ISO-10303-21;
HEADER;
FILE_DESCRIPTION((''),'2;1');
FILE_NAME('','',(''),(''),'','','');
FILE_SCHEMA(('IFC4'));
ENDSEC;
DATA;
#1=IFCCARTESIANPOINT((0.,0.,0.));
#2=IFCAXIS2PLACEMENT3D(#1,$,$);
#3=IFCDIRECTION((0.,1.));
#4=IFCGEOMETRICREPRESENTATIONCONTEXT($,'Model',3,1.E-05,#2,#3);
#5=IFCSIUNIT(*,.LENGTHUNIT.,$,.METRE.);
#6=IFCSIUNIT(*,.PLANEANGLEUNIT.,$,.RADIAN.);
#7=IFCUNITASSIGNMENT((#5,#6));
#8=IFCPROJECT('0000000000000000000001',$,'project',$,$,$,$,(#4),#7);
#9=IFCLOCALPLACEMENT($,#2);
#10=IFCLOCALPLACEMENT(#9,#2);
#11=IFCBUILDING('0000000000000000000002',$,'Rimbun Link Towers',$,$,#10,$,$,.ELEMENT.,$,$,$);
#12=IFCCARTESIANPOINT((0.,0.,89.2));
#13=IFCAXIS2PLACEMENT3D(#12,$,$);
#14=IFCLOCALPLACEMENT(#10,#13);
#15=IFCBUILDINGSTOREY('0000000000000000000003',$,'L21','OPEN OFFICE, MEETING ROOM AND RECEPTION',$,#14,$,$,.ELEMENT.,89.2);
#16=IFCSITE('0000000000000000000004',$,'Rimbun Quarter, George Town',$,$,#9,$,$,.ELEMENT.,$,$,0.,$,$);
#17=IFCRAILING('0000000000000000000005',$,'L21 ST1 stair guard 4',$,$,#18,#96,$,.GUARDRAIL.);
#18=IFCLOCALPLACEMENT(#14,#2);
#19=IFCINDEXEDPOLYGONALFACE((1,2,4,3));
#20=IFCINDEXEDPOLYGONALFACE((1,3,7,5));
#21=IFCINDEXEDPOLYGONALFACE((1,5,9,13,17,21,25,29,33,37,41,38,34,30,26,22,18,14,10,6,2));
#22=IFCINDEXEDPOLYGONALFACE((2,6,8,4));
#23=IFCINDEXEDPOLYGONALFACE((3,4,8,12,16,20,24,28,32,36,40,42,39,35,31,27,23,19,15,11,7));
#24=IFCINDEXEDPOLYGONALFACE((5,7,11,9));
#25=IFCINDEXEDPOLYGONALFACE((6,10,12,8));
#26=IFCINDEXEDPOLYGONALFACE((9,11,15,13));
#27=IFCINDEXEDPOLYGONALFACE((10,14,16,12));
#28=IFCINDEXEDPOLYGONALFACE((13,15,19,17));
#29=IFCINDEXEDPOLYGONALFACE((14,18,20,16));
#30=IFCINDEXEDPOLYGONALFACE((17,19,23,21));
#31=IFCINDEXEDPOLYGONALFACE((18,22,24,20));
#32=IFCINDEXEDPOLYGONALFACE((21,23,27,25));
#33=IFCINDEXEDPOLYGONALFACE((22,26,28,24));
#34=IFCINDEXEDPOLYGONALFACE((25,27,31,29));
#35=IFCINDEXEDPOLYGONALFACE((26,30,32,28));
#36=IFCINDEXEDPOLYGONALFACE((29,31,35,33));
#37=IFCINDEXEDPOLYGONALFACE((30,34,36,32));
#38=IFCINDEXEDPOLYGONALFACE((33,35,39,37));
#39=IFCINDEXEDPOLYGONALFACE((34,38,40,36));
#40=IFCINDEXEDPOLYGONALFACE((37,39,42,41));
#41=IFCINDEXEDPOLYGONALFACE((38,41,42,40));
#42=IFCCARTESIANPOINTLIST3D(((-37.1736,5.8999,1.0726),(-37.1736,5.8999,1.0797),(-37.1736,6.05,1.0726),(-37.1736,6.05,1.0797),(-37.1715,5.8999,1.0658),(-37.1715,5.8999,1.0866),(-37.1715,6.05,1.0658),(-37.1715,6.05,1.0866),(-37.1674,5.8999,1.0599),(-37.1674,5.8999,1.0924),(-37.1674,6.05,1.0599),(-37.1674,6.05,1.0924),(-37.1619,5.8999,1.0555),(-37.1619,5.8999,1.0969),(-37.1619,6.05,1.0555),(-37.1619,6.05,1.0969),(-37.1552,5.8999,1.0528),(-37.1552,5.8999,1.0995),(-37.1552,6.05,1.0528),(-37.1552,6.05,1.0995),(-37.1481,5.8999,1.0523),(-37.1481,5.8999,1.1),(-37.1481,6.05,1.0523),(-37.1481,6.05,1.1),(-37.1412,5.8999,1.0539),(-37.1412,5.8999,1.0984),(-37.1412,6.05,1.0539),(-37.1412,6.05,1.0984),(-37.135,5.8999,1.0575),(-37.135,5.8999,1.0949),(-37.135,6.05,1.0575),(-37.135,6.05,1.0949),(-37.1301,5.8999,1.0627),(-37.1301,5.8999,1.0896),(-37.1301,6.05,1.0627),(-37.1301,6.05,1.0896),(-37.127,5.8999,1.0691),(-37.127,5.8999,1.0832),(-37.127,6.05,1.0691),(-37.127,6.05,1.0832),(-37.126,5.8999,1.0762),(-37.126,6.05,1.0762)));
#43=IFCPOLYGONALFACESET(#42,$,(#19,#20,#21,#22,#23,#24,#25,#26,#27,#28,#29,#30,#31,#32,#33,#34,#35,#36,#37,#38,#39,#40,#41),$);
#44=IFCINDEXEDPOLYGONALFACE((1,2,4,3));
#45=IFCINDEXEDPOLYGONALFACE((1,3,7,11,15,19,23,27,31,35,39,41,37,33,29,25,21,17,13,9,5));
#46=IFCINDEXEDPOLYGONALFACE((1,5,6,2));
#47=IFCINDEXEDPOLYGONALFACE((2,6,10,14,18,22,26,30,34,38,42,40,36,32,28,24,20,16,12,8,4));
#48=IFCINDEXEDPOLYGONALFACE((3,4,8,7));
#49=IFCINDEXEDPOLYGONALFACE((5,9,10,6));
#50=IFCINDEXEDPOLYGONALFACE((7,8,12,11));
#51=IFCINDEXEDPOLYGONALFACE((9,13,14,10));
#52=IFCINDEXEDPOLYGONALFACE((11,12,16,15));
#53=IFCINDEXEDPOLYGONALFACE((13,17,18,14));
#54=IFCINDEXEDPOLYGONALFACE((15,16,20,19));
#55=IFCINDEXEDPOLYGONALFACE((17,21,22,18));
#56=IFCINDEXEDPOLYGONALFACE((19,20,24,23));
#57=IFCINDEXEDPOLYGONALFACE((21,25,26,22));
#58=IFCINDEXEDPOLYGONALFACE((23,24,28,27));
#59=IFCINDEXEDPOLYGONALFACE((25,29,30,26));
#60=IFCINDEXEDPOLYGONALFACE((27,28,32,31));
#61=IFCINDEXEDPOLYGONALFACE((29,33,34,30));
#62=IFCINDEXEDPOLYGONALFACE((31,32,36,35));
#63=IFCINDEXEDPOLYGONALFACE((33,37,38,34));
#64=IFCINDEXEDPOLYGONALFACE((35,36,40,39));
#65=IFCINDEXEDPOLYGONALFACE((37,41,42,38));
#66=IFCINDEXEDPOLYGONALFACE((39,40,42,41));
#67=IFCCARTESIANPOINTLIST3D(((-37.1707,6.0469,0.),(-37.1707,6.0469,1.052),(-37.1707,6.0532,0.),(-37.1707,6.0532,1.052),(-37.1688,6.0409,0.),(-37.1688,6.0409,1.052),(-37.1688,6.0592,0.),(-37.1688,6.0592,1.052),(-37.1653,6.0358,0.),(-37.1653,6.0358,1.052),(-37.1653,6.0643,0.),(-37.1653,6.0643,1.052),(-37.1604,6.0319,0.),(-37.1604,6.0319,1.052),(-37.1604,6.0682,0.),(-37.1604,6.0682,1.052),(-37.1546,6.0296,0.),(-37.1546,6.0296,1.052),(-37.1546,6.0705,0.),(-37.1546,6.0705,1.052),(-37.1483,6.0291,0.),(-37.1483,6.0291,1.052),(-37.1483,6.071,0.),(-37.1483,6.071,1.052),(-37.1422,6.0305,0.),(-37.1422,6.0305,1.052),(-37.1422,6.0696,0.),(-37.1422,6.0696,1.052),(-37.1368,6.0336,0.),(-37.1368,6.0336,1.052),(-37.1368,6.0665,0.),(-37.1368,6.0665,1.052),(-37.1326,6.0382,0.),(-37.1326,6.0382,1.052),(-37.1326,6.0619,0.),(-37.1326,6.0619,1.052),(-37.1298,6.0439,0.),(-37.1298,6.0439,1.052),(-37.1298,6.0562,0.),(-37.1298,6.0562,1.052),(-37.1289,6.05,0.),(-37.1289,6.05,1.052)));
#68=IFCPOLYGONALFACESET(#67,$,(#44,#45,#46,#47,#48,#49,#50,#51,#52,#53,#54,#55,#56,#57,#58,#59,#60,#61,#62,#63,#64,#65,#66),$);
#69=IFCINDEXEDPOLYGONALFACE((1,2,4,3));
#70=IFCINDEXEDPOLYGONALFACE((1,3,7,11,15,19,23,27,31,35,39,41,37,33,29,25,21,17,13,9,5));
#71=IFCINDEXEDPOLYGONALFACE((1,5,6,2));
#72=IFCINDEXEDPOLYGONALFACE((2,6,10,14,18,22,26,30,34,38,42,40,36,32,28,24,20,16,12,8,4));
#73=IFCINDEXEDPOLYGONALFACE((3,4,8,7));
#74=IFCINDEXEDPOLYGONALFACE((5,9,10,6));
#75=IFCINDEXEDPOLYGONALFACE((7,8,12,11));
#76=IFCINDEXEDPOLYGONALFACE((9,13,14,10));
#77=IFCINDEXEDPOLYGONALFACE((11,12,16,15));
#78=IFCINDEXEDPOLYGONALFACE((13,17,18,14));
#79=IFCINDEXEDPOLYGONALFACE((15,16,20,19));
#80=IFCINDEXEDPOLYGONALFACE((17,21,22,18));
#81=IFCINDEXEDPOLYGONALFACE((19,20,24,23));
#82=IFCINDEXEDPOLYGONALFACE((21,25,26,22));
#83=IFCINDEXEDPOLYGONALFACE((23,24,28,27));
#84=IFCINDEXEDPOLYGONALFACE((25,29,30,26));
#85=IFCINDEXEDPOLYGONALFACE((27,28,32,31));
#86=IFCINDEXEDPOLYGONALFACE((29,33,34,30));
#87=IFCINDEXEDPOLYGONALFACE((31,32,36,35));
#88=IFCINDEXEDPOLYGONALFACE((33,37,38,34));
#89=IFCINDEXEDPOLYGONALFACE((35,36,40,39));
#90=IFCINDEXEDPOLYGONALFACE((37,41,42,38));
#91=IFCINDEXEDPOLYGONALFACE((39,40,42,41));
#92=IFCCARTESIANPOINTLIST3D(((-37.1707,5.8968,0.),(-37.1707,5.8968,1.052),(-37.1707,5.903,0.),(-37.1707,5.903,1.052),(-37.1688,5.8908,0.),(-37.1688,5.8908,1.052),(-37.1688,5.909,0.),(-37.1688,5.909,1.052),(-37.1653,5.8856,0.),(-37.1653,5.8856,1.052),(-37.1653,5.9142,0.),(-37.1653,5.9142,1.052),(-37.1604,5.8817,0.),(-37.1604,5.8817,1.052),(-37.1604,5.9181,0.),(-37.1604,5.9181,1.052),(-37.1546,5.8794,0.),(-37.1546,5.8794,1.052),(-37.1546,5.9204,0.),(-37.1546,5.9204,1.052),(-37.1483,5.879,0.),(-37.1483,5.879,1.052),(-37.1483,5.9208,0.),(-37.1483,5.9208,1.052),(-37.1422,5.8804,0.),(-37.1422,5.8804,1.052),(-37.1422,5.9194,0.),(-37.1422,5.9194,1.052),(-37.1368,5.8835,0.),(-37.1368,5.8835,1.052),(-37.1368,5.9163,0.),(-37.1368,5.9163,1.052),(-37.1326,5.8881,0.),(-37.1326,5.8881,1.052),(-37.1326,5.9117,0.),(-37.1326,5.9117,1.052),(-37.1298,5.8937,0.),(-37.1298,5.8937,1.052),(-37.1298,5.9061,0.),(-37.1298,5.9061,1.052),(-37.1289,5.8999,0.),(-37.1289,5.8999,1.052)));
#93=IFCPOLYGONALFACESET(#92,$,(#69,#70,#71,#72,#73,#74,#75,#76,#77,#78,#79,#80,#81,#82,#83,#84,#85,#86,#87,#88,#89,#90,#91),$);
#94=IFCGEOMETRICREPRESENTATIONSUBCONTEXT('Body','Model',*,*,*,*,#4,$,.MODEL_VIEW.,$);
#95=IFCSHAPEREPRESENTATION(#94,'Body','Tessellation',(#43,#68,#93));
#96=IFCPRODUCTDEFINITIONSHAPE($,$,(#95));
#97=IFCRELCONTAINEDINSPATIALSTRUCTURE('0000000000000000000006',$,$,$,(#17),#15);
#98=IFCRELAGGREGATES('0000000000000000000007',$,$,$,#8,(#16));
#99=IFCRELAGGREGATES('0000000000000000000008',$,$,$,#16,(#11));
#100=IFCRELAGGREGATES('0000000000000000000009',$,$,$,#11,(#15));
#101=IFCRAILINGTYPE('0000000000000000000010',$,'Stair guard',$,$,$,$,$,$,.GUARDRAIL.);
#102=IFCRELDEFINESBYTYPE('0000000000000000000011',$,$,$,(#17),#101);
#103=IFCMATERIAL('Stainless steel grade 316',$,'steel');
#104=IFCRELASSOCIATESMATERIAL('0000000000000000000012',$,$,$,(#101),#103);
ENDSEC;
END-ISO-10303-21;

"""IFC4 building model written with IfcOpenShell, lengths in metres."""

from ifc_helpers import new_model, si_unit, direction, frame, origin, origin_2d, place, context, subcontext, project, spatial, circle, extrude, material, type_object, element, save


model = new_model("IFC4")

# Units and contexts
model_context = context("Model", 3, precision=1e-05, world=origin(), true_north=direction((0.0, 1.0)))
body_context = subcontext(model_context, "Body", "Model", "MODEL_VIEW")
ifc_project = project(units=[si_unit("LENGTHUNIT", "METRE"), si_unit("PLANEANGLEUNIT", "RADIAN")], contexts=[model_context])

# Site, building, storey
site_placement = place(None, origin())
site = spatial("IfcSite", under=ifc_project, at=site_placement, Name="Rimbun Quarter, George Town", CompositionType="ELEMENT", RefElevation=0.0)
building_placement = place(site_placement, origin())
building = spatial("IfcBuilding", under=site, at=building_placement, Name="Rimbun Link Towers", CompositionType="ELEMENT")
storey_placement = place(building_placement, frame((0.0, 0.0, 89.2)))
storey = spatial("IfcBuildingStorey", under=building, at=storey_placement, Name="L21", Description="OPEN OFFICE, MEETING ROOM AND RECEPTION", CompositionType="ELEMENT", Elevation=89.2)

# Railing
ifc_material_1 = material(Name="Stainless steel grade 316", Category="steel")
railing_type_1 = type_object("IfcRailingType", Name="Stair guard", PredefinedType="GUARDRAIL", material=ifc_material_1)
railing_1_placement = place(storey_placement, frame((-37.1499, 6.05, 0.0)))
element("IfcRailing", 1, at=railing_1_placement, inside=storey, type_object=railing_type_1, Name="L21 ST1 stair guard 4", PredefinedType="GUARDRAIL", context=body_context, shape_type="SweptSolid", body=[
    extrude(circle(Radius=0.0239, at=origin_2d()), frame((0.0, 0.0, 1.0762), z_axis=(0.0, -1.0, 0.0), x_axis=(1.0, 0.0, 0.0)), (0.0, 0.0, 1.0), 0.1501),
    extrude(circle(Radius=0.021, at=origin_2d()), origin(), (0.0, 0.0, 1.0), 1.052),
    extrude(circle(Radius=0.021, at=origin_2d()), frame((0.0, -0.1501, 0.0)), (0.0, 0.0, 1.0), 1.052),
])

save(model, "model.ifc")
